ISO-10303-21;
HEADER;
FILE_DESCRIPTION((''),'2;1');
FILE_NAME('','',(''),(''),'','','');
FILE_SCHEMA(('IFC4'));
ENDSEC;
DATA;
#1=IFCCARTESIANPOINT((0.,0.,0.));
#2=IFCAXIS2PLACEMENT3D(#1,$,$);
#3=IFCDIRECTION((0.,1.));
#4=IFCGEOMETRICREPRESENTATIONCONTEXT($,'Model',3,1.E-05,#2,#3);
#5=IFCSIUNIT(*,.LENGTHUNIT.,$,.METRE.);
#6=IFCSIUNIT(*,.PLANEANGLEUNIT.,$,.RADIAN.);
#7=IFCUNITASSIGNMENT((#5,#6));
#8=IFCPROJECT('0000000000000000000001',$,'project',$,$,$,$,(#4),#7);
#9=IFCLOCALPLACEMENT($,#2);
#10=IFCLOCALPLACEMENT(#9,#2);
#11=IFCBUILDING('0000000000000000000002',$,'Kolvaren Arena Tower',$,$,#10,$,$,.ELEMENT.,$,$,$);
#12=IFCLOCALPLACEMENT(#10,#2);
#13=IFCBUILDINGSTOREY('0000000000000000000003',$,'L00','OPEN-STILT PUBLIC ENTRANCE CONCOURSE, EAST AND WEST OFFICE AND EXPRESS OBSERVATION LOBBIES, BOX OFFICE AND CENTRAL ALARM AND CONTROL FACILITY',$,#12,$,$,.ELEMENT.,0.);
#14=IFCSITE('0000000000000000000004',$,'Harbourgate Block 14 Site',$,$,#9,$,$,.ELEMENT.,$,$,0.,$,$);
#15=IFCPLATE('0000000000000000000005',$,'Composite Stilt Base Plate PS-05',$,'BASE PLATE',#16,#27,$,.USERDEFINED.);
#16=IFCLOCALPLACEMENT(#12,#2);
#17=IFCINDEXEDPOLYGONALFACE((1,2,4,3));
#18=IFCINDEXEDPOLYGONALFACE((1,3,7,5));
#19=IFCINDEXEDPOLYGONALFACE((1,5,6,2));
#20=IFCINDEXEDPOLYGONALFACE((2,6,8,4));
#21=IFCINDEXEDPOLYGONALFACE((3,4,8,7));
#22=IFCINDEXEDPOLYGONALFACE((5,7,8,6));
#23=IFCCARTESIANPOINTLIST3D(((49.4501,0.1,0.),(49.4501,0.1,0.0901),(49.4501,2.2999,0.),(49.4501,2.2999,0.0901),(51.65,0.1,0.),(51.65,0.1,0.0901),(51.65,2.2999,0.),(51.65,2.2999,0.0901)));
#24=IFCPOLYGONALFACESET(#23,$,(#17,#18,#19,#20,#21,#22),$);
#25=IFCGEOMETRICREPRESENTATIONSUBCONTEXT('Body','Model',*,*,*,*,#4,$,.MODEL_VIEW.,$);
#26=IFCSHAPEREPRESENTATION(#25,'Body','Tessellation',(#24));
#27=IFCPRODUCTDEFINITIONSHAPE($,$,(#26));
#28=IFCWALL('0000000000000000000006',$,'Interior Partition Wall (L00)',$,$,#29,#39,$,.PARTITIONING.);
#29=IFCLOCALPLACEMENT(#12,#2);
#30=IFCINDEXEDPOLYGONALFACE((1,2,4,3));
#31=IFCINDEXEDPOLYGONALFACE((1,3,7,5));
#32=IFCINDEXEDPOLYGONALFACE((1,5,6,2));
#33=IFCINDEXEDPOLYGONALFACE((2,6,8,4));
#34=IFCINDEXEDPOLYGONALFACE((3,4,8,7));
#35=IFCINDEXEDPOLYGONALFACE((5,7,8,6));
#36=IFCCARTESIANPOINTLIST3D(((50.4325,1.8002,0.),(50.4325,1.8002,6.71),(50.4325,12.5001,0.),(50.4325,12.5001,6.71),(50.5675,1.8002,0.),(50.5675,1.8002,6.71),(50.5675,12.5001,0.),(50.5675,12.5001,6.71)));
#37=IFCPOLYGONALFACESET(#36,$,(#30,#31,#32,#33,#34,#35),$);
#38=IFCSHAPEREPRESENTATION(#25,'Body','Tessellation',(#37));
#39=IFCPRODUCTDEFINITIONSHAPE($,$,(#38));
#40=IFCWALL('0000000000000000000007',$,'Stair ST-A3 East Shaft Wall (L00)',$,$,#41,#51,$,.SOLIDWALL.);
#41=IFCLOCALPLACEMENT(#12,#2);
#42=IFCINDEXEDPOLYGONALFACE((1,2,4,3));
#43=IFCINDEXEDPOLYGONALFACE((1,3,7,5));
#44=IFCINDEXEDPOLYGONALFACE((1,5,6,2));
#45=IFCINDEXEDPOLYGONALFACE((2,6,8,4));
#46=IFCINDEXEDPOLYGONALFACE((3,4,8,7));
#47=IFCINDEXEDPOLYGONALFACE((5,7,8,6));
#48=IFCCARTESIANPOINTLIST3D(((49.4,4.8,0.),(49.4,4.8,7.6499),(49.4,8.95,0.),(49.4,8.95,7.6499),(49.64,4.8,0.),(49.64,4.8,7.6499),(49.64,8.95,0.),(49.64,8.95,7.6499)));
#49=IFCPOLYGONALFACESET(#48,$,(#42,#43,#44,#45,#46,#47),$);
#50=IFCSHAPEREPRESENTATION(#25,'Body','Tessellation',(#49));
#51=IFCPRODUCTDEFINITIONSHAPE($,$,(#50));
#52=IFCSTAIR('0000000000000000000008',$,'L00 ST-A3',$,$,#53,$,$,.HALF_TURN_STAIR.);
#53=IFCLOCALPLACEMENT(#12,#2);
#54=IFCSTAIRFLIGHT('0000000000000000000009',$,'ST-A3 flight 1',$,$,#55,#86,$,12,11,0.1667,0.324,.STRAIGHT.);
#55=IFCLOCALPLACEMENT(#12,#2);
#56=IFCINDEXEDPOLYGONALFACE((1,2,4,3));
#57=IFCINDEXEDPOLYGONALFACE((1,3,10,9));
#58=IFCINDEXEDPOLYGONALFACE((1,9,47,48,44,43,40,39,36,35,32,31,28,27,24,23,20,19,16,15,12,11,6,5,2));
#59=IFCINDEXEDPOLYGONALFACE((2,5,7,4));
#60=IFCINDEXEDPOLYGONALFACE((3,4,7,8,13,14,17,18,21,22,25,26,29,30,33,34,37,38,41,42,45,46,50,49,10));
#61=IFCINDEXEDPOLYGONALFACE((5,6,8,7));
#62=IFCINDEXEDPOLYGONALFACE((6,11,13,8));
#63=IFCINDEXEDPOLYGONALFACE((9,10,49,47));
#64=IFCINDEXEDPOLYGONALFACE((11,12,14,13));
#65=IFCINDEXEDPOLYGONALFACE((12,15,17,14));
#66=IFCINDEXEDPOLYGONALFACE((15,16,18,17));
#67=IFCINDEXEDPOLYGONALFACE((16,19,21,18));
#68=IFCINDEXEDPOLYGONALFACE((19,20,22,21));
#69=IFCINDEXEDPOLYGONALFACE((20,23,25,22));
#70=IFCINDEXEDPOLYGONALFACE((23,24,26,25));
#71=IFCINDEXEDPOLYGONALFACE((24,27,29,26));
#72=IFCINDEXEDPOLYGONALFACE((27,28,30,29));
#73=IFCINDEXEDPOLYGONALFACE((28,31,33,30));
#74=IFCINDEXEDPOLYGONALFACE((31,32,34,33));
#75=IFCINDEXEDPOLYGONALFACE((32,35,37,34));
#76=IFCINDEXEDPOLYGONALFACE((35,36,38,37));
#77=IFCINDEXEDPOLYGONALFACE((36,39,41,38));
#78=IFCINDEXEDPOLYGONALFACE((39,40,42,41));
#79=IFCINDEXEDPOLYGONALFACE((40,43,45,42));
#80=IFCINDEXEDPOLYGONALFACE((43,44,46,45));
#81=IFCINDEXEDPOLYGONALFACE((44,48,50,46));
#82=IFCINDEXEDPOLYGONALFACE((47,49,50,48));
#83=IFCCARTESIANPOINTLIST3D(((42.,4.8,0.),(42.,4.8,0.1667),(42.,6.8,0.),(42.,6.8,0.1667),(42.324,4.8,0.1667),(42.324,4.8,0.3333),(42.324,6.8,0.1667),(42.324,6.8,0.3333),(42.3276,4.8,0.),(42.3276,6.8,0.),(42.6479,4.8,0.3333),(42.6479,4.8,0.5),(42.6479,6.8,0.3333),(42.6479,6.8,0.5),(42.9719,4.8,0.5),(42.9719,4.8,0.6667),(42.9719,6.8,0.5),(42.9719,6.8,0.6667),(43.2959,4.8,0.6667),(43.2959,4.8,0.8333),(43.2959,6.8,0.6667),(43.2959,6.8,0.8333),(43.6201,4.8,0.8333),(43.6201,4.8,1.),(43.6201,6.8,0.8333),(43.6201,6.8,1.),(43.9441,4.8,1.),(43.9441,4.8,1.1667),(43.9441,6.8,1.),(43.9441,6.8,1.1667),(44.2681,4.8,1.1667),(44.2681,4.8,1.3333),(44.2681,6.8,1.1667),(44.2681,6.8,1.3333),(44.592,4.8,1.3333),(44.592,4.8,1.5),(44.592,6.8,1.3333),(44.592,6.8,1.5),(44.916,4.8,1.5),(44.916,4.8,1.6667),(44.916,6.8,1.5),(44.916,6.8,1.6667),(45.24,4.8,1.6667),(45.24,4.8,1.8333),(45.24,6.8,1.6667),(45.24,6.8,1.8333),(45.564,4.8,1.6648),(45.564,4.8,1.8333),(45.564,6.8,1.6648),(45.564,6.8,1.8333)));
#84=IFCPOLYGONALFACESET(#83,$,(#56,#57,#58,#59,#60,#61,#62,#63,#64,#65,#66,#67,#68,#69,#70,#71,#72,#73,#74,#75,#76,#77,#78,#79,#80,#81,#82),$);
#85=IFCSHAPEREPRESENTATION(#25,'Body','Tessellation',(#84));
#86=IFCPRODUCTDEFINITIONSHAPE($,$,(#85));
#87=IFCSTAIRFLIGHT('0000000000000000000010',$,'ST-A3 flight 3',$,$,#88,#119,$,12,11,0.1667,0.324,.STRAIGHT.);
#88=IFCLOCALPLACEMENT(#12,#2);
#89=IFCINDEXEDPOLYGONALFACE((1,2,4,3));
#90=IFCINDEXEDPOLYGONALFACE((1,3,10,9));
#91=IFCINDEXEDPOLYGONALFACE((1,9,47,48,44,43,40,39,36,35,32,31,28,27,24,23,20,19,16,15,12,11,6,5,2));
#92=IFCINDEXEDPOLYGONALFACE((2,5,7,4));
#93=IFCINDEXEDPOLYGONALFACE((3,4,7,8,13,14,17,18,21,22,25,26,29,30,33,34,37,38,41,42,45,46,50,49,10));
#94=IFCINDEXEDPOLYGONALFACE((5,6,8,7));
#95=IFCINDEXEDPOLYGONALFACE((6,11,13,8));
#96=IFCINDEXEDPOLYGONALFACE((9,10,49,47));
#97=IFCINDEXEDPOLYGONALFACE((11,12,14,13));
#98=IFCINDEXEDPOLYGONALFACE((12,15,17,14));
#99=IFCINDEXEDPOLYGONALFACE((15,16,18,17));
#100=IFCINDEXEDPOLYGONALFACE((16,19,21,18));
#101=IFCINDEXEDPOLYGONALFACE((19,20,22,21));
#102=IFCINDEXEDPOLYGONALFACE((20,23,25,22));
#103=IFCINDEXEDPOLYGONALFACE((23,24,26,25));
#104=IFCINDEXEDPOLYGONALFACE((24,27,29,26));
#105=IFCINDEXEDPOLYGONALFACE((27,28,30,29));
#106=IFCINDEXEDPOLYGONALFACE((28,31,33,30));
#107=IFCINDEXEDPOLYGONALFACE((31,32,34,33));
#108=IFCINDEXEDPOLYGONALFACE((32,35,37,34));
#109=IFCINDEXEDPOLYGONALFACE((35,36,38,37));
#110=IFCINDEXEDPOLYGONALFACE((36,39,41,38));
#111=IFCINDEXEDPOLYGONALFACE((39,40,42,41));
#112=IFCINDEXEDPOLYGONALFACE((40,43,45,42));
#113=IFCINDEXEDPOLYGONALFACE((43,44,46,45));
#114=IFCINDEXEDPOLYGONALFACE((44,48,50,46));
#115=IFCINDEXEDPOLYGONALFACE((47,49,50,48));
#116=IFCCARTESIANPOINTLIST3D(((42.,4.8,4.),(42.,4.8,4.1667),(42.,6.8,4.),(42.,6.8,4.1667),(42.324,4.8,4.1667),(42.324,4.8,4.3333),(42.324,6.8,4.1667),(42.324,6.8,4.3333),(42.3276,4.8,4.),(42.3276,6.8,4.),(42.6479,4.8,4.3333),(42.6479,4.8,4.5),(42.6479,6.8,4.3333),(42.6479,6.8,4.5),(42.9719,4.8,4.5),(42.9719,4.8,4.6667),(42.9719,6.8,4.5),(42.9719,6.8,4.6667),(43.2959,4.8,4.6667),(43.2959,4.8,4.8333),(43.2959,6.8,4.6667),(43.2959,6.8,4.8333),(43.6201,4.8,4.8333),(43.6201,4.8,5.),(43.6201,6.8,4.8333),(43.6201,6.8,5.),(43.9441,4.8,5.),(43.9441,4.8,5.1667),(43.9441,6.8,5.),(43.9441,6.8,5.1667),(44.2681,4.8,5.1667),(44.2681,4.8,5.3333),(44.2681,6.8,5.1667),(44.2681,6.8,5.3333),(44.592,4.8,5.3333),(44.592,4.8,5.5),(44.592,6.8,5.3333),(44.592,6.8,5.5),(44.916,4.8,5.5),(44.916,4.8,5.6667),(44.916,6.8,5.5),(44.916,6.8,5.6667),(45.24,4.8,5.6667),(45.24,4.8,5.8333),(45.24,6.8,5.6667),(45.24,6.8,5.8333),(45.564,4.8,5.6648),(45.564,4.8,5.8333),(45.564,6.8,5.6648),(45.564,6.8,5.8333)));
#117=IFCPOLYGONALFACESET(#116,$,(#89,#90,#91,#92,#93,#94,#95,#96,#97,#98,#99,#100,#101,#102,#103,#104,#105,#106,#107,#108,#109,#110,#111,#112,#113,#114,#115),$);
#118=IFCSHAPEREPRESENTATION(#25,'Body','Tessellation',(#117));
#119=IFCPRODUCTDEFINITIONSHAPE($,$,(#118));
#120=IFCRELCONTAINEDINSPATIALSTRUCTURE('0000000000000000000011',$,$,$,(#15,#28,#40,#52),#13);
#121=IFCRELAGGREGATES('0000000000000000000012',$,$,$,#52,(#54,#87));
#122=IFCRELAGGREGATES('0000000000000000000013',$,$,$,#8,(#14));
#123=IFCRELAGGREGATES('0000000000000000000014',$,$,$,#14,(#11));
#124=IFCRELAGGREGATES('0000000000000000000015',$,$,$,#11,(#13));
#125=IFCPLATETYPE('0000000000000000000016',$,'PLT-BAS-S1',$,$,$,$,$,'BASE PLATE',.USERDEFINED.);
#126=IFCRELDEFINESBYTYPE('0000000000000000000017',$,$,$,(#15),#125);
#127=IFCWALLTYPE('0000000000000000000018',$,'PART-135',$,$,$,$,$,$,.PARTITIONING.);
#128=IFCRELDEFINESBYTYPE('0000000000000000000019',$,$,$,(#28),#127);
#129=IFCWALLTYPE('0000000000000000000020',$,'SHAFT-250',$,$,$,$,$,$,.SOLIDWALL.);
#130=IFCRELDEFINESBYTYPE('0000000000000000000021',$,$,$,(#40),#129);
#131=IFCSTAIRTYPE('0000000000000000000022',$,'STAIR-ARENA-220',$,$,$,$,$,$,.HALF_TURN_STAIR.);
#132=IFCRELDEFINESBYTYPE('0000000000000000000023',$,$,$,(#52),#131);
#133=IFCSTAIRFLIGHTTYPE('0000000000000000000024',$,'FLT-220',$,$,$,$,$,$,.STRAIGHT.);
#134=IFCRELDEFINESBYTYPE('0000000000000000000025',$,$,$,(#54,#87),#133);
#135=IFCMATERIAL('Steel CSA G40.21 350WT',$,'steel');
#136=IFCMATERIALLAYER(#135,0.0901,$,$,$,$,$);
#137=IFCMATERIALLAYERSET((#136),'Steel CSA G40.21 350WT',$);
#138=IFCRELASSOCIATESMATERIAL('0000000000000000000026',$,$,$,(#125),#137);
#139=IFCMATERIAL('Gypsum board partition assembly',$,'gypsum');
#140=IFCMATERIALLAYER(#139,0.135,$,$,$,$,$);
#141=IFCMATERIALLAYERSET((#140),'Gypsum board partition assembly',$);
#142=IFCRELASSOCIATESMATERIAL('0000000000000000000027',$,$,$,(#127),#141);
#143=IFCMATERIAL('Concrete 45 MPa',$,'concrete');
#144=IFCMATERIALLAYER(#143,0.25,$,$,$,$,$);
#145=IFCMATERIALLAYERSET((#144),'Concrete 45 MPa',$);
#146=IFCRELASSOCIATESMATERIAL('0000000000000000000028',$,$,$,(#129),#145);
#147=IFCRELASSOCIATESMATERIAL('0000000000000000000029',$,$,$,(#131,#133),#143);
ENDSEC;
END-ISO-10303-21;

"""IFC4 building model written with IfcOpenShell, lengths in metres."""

from ifc_helpers import new_model, si_unit, direction, frame, frame_2d, origin, origin_2d, place, context, subcontext, project, spatial, polyline, rectangle, outline, extrude, material, layer, layer_set, type_object, element, aggregate, save


model = new_model("IFC4")

# Units and contexts
model_context = context("Model", 3, precision=1e-05, world=origin(), true_north=direction((0.0, 1.0)))
body_context = subcontext(model_context, "Body", "Model", "MODEL_VIEW")
ifc_project = project(units=[si_unit("LENGTHUNIT", "METRE"), si_unit("PLANEANGLEUNIT", "RADIAN")], contexts=[model_context])

# Site, building, storey
site_placement = place(None, origin())
site = spatial("IfcSite", under=ifc_project, at=site_placement, Name="Harbourgate Block 14 Site", CompositionType="ELEMENT", RefElevation=0.0)
building_placement = place(site_placement, origin())
building = spatial("IfcBuilding", under=site, at=building_placement, Name="Kolvaren Arena Tower", CompositionType="ELEMENT")
storey_placement = place(building_placement, origin())
storey = spatial("IfcBuildingStorey", under=building, at=storey_placement, Name="L00", Description="OPEN-STILT PUBLIC ENTRANCE CONCOURSE, EAST AND WEST OFFICE AND EXPRESS OBSERVATION LOBBIES, BOX OFFICE AND CENTRAL ALARM AND CONTROL FACILITY", CompositionType="ELEMENT", Elevation=0.0)

# Shared definitions
ifc_material_1 = material(Name="Steel CSA G40.21 350WT", Category="steel")

# Plate
ifc_layer_1 = layer(ifc_material_1, 0.0901)
ifc_layer_set_1 = layer_set([ifc_layer_1], Name="Steel CSA G40.21 350WT")
plate_type_1 = type_object("IfcPlateType", Name="PLT-BAS-S1", ElementType="BASE PLATE", PredefinedType="USERDEFINED", material=ifc_layer_set_1)
plate_1_placement = place(storey_placement, frame((50.55, 1.2, 0.0), z_axis=(0.0, 0.0, 1.0), x_axis=(1.0, 0.0, 0.0)))
element("IfcPlate", 1, at=plate_1_placement, inside=storey, type_object=plate_type_1, Name="Composite Stilt Base Plate PS-05", ObjectType="BASE PLATE", PredefinedType="USERDEFINED", context=body_context, shape_type="SweptSolid", body=[
    extrude(rectangle(XDim=2.2, YDim=2.2, at=origin_2d()), origin(), (0.0, 0.0, 1.0), 0.0901),
])

# Walls
ifc_material_2 = material(Name="Gypsum board partition assembly", Category="gypsum")
ifc_layer_2 = layer(ifc_material_2, 0.135)
ifc_layer_set_2 = layer_set([ifc_layer_2], Name="Gypsum board partition assembly")
wall_type_1 = type_object("IfcWallType", Name="PART-135", PredefinedType="PARTITIONING", material=ifc_layer_set_2)
wall_1_placement = place(storey_placement, frame((50.5, 1.8, 0.0), z_axis=(0.0, 0.0, 1.0), x_axis=(0.0, 1.0, 0.0)))
element("IfcWall", 2, at=wall_1_placement, inside=storey, type_object=wall_type_1, Name="Interior Partition Wall (L00)", PredefinedType="PARTITIONING", context=body_context, shape_type="SweptSolid", body=[
    extrude(rectangle(XDim=10.7, YDim=0.135, at=frame_2d((5.3501, 0.0))), origin(), (0.0, 0.0, 1.0), 6.71),
])
ifc_material_3 = material(Name="Concrete 45 MPa", Category="concrete")
ifc_layer_3 = layer(ifc_material_3, 0.25)
ifc_layer_set_3 = layer_set([ifc_layer_3], Name="Concrete 45 MPa")
wall_type_2 = type_object("IfcWallType", Name="SHAFT-250", PredefinedType="SOLIDWALL", material=ifc_layer_set_3)
wall_2_placement = place(storey_placement, frame((49.52, 4.8, 0.0), z_axis=(0.0, 0.0, 1.0), x_axis=(0.0, 1.0, 0.0)))
element("IfcWall", 3, at=wall_2_placement, inside=storey, type_object=wall_type_2, Name="Stair ST-A3 East Shaft Wall (L00)", PredefinedType="SOLIDWALL", context=body_context, shape_type="SweptSolid", body=[
    extrude(rectangle(XDim=4.1499, YDim=0.24, at=frame_2d((2.075, 0.0))), origin(), (0.0, 0.0, 1.0), 7.6499),
])

# Stair, stair flights
stair_type = type_object("IfcStairType", Name="STAIR-ARENA-220", PredefinedType="HALF_TURN_STAIR", material=ifc_material_3)
stair_placement = place(storey_placement, origin())
stair = element("IfcStair", 4, at=stair_placement, inside=storey, type_object=stair_type, Name="L00 ST-A3", PredefinedType="HALF_TURN_STAIR")
stair_flight_type = type_object("IfcStairFlightType", Name="FLT-220", PredefinedType="STRAIGHT", material=ifc_material_3)
stair_flight_1_placement = place(storey_placement, frame((42.0, 5.8, 0.0), z_axis=(0.0, 0.0, 1.0), x_axis=(1.0, 0.0, 0.0)))
stair_flight_1 = element("IfcStairFlight", 5, at=stair_flight_1_placement, type_object=stair_flight_type, Name="ST-A3 flight 1", NumberOfRisers=12, NumberOfTreads=11, PredefinedType="STRAIGHT", RiserHeight=0.1667, TreadLength=0.324, context=body_context, shape_type="SweptSolid", body=[
    extrude(outline(polyline([(0.0, 0.0), (0.0, 0.1667), (0.324, 0.1667), (0.324, 0.3333), (0.6479, 0.3333), (0.6479, 0.5), (0.9719, 0.5), (0.9719, 0.6667), (1.2959, 0.6667), (1.2959, 0.8333), (1.6201, 0.8333), (1.6201, 1.0), (1.9441, 1.0), (1.9441, 1.1667), (2.2681, 1.1667), (2.2681, 1.3333), (2.592, 1.3333), (2.592, 1.5), (2.916, 1.5), (2.916, 1.6667), (3.24, 1.6667), (3.24, 1.8333), (3.564, 1.8333), (3.564, 2.0), (3.564, 1.6648), (0.3276, 0.0), (0.0, 0.0)])), frame((0.0, 1.0, 0.0), z_axis=(0.0, -1.0, 0.0), x_axis=(1.0, 0.0, 0.0)), (0.0, 0.0, 1.0), 2.0),
])
stair_flight_2_placement = place(storey_placement, frame((42.0, 5.8, 4.0), z_axis=(0.0, 0.0, 1.0), x_axis=(1.0, 0.0, 0.0)))
stair_flight_2 = element("IfcStairFlight", 6, at=stair_flight_2_placement, type_object=stair_flight_type, Name="ST-A3 flight 3", NumberOfRisers=12, NumberOfTreads=11, PredefinedType="STRAIGHT", RiserHeight=0.1667, TreadLength=0.324, context=body_context, shape_type="SweptSolid", body=[
    extrude(outline(polyline([(0.0, 0.0), (0.0, 0.1667), (0.324, 0.1667), (0.324, 0.3333), (0.6479, 0.3333), (0.6479, 0.5), (0.9719, 0.5), (0.9719, 0.6667), (1.2959, 0.6667), (1.2959, 0.8333), (1.6201, 0.8333), (1.6201, 1.0), (1.9441, 1.0), (1.9441, 1.1667), (2.2681, 1.1667), (2.2681, 1.3333), (2.592, 1.3333), (2.592, 1.5), (2.916, 1.5), (2.916, 1.6667), (3.24, 1.6667), (3.24, 1.8333), (3.564, 1.8333), (3.564, 2.0), (3.564, 1.6648), (0.3276, 0.0), (0.0, 0.0)])), frame((0.0, 1.0, 0.0), z_axis=(0.0, -1.0, 0.0), x_axis=(1.0, 0.0, 0.0)), (0.0, 0.0, 1.0), 2.0),
])
aggregate(stair, [stair_flight_1, stair_flight_2])

save(model, "model.ifc")
